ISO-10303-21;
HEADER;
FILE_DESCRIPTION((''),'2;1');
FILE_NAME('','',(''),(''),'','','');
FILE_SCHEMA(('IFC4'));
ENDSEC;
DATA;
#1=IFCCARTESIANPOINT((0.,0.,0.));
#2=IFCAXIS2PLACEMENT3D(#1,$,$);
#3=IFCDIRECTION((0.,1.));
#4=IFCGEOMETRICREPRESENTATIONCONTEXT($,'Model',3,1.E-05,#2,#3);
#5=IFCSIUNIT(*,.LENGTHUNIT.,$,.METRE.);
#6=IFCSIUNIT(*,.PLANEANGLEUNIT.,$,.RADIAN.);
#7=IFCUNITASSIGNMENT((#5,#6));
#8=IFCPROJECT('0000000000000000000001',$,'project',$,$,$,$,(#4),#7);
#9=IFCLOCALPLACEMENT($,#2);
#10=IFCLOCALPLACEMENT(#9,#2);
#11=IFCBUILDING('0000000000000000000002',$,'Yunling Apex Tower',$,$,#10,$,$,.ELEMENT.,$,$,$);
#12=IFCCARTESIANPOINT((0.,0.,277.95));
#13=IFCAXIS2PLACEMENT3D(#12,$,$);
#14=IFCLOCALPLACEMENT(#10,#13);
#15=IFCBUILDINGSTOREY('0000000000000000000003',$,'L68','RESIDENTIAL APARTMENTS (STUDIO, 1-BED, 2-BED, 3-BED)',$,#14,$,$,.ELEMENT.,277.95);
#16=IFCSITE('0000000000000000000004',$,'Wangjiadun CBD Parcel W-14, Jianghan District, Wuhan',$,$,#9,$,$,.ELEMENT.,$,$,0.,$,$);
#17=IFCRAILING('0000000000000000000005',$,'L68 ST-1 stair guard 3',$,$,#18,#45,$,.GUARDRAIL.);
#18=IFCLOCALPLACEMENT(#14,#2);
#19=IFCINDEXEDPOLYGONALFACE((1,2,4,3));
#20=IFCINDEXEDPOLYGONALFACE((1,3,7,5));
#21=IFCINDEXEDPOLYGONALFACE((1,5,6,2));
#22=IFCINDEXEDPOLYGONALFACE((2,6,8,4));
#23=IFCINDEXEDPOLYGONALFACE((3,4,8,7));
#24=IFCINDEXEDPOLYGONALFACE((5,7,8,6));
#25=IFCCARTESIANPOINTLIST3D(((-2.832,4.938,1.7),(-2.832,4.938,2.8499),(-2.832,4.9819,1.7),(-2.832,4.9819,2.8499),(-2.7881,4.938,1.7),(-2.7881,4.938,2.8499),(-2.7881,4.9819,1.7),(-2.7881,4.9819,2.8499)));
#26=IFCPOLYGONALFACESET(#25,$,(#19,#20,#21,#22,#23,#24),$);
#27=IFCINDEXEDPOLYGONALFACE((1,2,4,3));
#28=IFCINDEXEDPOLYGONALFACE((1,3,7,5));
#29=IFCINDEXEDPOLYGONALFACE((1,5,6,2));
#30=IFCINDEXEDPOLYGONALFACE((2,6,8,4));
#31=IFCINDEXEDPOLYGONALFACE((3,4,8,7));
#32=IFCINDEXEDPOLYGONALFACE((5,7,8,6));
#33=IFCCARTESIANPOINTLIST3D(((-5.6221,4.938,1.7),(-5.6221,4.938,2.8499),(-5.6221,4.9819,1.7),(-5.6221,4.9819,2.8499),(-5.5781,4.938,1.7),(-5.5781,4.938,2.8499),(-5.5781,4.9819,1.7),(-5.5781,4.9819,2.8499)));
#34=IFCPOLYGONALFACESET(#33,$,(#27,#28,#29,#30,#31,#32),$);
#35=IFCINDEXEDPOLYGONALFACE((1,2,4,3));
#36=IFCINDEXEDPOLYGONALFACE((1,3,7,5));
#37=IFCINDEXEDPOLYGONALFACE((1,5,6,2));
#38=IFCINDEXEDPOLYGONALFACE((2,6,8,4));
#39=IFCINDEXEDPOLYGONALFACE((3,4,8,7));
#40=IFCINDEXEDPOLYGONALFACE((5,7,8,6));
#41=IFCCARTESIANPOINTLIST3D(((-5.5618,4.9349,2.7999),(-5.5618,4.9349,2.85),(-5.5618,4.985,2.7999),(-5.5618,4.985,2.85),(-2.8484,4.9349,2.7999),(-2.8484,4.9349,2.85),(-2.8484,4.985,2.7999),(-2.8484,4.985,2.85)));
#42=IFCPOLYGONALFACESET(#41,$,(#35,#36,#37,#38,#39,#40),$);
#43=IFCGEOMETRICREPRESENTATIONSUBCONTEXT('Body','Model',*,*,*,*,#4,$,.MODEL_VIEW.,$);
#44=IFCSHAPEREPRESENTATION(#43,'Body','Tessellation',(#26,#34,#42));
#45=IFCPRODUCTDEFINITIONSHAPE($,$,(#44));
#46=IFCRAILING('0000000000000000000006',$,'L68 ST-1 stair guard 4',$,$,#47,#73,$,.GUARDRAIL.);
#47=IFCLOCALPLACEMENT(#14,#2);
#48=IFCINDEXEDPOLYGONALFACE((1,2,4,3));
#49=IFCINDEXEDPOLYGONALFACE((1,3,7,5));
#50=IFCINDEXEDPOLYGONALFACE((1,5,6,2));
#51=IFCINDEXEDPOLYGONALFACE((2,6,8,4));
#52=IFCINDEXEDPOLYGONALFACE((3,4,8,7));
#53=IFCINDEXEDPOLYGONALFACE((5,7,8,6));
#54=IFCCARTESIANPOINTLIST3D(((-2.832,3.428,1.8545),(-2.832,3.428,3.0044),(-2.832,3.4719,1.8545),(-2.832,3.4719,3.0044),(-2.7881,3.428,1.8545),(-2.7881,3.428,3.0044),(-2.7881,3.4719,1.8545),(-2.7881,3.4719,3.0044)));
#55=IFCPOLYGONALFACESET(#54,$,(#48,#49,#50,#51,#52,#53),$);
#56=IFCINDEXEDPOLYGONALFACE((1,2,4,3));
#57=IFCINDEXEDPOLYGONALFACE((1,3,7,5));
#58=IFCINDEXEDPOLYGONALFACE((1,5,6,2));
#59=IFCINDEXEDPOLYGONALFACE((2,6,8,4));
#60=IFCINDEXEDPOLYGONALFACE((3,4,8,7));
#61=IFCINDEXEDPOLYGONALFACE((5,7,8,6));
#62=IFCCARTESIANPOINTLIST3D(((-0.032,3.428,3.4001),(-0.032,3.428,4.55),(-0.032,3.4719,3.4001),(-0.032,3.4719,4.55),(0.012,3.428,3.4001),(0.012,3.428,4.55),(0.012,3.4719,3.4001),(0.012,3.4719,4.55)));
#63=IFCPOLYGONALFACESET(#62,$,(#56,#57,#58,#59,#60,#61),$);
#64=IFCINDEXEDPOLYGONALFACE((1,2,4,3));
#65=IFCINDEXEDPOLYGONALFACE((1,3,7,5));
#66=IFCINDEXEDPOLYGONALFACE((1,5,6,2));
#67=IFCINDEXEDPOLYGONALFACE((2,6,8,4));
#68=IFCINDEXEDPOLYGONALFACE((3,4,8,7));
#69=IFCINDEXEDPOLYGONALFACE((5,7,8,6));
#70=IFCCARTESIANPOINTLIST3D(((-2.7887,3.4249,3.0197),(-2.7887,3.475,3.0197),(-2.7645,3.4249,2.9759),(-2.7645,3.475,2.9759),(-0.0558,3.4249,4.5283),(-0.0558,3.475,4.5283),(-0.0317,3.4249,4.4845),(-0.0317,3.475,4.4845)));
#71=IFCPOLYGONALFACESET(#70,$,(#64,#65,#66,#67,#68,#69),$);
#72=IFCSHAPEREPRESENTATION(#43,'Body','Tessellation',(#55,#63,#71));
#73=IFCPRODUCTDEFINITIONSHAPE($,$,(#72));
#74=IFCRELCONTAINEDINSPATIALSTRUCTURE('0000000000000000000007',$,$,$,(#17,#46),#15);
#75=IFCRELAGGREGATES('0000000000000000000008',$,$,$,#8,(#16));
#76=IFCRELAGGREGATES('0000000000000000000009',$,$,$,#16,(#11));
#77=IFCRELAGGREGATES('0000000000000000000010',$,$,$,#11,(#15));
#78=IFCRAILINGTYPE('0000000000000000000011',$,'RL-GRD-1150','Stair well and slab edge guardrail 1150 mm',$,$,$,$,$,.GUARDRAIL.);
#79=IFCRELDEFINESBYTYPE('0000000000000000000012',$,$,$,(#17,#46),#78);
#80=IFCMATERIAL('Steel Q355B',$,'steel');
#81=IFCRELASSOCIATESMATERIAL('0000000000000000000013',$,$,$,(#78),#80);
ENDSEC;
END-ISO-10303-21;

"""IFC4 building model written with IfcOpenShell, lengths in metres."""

from ifc_helpers import new_model, si_unit, direction, frame, origin, origin_2d, place, context, subcontext, project, spatial, rectangle, extrude, material, type_object, element, save


model = new_model("IFC4")

# Units and contexts
model_context = context("Model", 3, precision=1e-05, world=origin(), true_north=direction((0.0, 1.0)))
body_context = subcontext(model_context, "Body", "Model", "MODEL_VIEW")
ifc_project = project(units=[si_unit("LENGTHUNIT", "METRE"), si_unit("PLANEANGLEUNIT", "RADIAN")], contexts=[model_context])

# Site, building, storey
site_placement = place(None, origin())
site = spatial("IfcSite", under=ifc_project, at=site_placement, Name="Wangjiadun CBD Parcel W-14, Jianghan District, Wuhan", CompositionType="ELEMENT", RefElevation=0.0)
building_placement = place(site_placement, origin())
building = spatial("IfcBuilding", under=site, at=building_placement, Name="Yunling Apex Tower", CompositionType="ELEMENT")
storey_placement = place(building_placement, frame((0.0, 0.0, 277.95)))
storey = spatial("IfcBuildingStorey", under=building, at=storey_placement, Name="L68", Description="RESIDENTIAL APARTMENTS (STUDIO, 1-BED, 2-BED, 3-BED)", CompositionType="ELEMENT", Elevation=277.95)

# Shared definitions
ifc_material_1 = material(Name="Steel Q355B", Category="steel")

# Railings
railing_type = type_object("IfcRailingType", Name="RL-GRD-1150", Description="Stair well and slab edge guardrail 1150 mm", PredefinedType="GUARDRAIL", material=ifc_material_1)
railing_1_placement = place(storey_placement, frame((-2.8101, 4.96, 1.7)))
element("IfcRailing", 1, at=railing_1_placement, inside=storey, type_object=railing_type, Name="L68 ST-1 stair guard 3", PredefinedType="GUARDRAIL", context=body_context, shape_type="SweptSolid", body=[
    extrude(rectangle(XDim=0.0439, YDim=0.0439, at=origin_2d()), origin(), (0.0, 0.0, 1.0), 1.1499),
    extrude(rectangle(XDim=0.0439, YDim=0.0439, at=origin_2d()), frame((-2.79, 0.0, 0.0)), (0.0, 0.0, 1.0), 1.1499),
    extrude(rectangle(XDim=0.05, YDim=0.05, at=origin_2d()), frame((-0.0383, 0.0, 1.125), z_axis=(-1.0, 0.0, 0.0), x_axis=(0.0, -1.0, 0.0)), (0.0, 0.0, 1.0), 2.7134),
])
railing_2_placement = place(storey_placement, frame((-2.8101, 3.45, 1.8545)))
element("IfcRailing", 2, at=railing_2_placement, inside=storey, type_object=railing_type, Name="L68 ST-1 stair guard 4", PredefinedType="GUARDRAIL", context=body_context, shape_type="SweptSolid", body=[
    extrude(rectangle(XDim=0.0439, YDim=0.0439, at=origin_2d()), origin(), (0.0, 0.0, 1.0), 1.1499),
    extrude(rectangle(XDim=0.0439, YDim=0.0439, at=origin_2d()), frame((2.8, 0.0, 1.5457)), (0.0, 0.0, 1.0), 1.1499),
    extrude(rectangle(XDim=0.05, YDim=0.05, at=origin_2d()), frame((0.0334, 0.0, 1.1433), z_axis=(0.875472, 0.0, 0.483269), x_axis=(0.0, 1.0, 0.0)), (0.0, 0.0, 1.0), 3.1216),
])

save(model, "model.ifc")
